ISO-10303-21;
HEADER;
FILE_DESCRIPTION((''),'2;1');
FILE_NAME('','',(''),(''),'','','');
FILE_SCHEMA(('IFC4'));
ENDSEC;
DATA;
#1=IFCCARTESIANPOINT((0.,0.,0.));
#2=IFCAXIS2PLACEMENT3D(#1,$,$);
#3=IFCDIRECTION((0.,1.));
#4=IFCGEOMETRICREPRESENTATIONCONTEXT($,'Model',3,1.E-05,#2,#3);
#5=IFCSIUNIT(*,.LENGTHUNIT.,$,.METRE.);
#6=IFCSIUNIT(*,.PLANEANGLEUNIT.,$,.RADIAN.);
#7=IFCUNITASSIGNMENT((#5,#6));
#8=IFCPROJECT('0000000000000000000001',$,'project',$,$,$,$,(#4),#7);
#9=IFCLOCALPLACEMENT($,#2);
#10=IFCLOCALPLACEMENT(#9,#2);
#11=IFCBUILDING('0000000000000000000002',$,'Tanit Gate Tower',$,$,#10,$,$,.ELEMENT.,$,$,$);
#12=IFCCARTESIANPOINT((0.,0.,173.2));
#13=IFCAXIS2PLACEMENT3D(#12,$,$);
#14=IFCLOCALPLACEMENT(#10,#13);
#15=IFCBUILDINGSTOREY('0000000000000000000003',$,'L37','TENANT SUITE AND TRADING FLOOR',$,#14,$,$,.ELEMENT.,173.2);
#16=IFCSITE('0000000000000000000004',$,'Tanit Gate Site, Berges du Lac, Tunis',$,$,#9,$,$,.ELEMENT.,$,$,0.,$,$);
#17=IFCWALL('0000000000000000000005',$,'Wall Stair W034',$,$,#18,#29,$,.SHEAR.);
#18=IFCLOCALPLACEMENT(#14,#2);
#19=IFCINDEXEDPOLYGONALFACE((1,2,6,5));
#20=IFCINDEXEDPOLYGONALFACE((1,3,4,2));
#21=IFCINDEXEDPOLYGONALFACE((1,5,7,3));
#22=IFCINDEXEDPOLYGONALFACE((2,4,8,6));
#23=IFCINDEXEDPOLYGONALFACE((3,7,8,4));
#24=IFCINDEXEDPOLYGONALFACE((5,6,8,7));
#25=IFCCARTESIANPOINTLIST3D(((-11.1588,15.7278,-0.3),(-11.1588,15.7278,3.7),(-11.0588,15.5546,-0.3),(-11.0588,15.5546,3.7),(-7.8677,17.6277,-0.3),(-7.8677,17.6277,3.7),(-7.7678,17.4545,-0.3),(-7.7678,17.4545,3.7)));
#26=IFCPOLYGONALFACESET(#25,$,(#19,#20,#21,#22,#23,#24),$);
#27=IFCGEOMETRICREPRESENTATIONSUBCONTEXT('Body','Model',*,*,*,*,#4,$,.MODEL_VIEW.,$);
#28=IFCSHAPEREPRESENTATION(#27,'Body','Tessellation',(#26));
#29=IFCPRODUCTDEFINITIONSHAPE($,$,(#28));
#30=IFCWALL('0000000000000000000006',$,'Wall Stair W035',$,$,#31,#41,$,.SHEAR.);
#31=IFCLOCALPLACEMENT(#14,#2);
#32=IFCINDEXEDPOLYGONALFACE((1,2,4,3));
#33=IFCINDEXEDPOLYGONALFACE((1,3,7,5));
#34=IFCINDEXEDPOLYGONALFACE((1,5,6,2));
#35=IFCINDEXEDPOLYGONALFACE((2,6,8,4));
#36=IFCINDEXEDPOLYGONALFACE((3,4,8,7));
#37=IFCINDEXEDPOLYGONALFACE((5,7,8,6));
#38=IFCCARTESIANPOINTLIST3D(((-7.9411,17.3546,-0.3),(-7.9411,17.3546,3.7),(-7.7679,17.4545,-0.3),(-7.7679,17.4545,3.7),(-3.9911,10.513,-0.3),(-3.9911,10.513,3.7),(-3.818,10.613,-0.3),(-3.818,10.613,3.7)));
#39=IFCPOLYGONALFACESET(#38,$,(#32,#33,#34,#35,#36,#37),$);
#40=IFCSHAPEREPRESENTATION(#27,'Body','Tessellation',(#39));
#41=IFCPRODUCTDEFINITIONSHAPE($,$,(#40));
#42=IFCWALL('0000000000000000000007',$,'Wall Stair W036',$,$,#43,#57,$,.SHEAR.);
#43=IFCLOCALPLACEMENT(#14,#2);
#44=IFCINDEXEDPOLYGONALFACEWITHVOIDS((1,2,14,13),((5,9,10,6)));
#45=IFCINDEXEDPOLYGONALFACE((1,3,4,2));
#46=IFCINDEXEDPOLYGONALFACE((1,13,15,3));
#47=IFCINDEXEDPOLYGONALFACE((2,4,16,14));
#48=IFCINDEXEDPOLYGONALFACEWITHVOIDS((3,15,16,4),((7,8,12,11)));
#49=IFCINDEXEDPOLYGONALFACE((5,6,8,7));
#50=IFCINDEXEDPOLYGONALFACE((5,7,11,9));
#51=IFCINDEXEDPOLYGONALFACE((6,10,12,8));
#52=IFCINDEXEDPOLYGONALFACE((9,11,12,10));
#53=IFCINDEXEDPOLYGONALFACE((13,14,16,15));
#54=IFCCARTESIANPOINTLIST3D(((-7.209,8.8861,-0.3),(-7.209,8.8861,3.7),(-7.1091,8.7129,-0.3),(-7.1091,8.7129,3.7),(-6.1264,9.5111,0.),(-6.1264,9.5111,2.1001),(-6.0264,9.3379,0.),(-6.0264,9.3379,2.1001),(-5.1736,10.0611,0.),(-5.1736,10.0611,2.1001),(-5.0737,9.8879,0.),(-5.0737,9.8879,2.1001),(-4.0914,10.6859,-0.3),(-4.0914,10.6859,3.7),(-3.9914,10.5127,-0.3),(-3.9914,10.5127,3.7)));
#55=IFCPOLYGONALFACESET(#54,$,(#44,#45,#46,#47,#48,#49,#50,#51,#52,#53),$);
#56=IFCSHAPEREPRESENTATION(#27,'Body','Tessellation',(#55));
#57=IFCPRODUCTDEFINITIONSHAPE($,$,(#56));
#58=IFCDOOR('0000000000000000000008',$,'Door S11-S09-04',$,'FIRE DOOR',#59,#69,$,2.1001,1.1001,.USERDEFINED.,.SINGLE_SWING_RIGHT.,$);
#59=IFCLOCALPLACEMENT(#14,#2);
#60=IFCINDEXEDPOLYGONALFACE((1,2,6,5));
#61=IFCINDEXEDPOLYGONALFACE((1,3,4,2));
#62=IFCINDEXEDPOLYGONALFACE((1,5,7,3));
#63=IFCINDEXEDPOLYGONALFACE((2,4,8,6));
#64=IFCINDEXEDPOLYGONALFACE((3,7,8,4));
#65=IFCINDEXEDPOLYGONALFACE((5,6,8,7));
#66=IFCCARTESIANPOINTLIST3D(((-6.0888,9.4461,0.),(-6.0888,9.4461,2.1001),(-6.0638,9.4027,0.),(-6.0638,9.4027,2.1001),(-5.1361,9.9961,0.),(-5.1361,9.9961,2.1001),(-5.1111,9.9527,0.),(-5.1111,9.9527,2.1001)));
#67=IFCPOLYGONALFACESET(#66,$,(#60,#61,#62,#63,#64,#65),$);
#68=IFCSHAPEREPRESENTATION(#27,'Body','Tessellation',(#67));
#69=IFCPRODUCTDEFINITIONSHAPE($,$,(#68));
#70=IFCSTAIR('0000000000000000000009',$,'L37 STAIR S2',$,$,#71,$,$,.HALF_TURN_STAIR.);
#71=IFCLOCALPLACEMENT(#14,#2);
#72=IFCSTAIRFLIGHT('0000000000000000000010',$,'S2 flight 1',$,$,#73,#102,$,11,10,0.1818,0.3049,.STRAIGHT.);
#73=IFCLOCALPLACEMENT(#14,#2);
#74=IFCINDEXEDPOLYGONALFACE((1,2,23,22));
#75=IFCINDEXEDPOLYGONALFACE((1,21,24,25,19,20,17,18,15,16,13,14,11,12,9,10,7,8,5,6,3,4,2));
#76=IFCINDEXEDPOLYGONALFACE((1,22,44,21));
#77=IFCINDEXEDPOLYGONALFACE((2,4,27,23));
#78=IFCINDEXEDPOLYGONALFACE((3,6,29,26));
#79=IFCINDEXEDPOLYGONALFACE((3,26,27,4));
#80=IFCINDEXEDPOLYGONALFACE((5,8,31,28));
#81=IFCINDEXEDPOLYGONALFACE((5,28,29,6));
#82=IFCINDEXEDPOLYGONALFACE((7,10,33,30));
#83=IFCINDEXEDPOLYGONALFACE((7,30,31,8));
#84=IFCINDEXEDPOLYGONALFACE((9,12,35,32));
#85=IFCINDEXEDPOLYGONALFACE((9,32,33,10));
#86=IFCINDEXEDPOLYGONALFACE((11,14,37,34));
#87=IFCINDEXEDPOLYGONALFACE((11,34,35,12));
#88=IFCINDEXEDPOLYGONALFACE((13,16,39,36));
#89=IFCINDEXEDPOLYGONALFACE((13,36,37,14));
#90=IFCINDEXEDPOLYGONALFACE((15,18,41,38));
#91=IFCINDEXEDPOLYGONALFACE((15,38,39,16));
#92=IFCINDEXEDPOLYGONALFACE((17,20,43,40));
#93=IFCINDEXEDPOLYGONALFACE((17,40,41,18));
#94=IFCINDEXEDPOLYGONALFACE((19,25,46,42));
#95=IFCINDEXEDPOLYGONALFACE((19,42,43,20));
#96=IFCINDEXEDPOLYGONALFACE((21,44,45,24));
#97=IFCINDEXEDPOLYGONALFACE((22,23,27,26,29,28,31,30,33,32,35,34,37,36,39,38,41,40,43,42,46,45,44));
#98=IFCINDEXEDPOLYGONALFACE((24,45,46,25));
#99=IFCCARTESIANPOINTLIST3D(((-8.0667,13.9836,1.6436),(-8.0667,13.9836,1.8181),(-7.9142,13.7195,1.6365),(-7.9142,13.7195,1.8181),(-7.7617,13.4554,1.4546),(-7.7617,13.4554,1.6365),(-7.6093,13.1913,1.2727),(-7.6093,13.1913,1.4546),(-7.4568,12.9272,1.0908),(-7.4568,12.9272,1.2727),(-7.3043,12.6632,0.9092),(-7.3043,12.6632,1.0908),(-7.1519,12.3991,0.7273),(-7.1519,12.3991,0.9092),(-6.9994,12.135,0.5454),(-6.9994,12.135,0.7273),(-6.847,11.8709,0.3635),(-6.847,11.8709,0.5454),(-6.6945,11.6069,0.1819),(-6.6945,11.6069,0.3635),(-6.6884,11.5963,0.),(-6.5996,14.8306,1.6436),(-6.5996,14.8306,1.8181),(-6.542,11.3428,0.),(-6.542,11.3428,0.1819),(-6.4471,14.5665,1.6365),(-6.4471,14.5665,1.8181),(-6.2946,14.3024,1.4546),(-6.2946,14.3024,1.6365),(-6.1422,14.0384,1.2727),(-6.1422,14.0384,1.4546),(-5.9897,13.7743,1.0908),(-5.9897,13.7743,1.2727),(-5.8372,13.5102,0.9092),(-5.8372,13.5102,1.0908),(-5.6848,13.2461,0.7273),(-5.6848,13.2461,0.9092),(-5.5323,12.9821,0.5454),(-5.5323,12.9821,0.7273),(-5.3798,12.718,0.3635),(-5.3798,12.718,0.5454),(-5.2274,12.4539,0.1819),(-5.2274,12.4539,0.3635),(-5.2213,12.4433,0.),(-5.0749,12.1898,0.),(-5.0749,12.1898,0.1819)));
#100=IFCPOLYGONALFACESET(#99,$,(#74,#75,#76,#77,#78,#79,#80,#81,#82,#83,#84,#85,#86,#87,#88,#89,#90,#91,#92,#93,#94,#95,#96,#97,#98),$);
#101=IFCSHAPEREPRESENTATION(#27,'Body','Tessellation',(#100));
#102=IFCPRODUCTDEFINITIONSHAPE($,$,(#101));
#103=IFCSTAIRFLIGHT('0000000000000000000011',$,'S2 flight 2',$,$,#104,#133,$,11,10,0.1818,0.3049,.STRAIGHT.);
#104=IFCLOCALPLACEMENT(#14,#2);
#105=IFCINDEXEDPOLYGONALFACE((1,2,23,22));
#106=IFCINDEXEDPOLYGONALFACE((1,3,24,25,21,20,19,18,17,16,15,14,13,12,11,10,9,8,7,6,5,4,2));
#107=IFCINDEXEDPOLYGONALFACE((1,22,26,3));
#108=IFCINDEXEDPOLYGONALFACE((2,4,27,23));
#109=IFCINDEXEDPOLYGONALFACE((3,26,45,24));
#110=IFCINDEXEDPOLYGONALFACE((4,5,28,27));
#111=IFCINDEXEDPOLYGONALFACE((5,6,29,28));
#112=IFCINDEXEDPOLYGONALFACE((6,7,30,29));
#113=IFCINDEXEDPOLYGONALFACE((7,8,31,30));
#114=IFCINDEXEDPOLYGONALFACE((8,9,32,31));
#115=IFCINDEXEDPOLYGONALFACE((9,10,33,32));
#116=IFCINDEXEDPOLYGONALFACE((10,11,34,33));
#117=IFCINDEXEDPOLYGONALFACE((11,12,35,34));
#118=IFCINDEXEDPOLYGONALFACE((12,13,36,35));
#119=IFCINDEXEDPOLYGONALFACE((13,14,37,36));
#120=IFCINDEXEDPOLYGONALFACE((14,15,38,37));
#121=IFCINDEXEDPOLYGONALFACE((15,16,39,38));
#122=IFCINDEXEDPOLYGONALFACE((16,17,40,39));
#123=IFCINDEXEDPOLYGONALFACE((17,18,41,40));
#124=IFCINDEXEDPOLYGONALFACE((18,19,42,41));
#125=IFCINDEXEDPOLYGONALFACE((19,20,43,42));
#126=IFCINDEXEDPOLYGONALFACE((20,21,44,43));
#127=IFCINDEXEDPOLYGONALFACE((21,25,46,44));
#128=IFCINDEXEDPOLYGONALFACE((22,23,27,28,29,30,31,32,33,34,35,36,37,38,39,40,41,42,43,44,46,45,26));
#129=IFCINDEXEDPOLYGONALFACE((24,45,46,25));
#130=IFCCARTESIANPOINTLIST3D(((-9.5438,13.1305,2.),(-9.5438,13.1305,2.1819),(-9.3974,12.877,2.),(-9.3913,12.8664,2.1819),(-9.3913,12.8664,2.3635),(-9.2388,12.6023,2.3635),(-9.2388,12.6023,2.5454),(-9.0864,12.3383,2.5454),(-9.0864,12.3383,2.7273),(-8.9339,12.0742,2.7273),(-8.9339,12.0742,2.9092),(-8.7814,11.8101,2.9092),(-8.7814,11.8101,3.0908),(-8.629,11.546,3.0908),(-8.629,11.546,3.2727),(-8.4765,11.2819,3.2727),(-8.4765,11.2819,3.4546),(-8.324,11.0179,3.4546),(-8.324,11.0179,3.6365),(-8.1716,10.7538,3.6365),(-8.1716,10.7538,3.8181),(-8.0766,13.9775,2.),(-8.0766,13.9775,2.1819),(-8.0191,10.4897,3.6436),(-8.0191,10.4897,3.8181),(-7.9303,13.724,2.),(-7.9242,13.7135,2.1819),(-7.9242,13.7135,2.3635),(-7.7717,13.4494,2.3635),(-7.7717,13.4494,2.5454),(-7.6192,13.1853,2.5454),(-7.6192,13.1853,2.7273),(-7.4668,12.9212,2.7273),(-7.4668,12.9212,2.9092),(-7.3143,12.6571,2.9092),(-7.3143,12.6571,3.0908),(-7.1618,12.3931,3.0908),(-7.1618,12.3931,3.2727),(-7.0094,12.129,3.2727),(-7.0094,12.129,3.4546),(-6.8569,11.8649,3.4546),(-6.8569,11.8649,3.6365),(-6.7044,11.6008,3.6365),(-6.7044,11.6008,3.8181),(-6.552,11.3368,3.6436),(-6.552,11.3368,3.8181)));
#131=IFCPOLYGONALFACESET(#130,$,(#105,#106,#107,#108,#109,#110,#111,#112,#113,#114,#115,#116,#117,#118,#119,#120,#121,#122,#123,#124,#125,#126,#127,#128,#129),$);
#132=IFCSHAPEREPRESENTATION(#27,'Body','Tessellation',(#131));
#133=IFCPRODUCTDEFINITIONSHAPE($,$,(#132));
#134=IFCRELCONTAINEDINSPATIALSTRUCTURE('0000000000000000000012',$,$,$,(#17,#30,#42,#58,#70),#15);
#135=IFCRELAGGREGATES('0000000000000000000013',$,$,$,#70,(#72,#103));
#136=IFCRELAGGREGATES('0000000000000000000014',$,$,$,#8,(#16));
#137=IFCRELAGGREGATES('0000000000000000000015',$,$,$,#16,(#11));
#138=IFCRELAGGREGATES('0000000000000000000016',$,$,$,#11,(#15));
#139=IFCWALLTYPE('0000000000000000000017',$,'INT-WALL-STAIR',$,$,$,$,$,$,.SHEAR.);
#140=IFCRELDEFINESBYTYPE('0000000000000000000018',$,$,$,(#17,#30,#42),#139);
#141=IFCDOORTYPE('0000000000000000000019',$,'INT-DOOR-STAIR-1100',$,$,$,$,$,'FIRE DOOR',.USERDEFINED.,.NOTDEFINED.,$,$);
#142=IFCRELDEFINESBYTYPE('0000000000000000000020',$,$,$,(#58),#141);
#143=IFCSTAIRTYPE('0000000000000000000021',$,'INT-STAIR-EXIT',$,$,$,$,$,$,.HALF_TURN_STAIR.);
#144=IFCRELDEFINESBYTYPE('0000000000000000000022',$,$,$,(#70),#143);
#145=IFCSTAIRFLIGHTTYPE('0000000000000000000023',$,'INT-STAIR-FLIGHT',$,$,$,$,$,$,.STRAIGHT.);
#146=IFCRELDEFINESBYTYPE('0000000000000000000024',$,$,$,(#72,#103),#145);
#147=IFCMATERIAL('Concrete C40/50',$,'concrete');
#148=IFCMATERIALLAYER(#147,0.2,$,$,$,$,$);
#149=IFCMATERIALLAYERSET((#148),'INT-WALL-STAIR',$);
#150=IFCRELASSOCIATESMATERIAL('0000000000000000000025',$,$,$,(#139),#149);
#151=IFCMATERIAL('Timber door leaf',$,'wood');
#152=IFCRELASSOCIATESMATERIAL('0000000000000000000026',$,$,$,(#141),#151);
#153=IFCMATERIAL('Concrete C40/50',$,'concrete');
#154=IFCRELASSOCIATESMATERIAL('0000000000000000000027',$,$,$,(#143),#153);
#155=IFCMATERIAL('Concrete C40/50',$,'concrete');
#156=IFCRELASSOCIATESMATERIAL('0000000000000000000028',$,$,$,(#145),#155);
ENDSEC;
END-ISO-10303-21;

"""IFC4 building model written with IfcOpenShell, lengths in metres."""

from ifc_helpers import new_model, si_unit, direction, frame, frame_2d, origin, place, context, subcontext, project, spatial, polyline, rectangle, outline, extrude, material, layer, layer_set, type_object, element, fill, aggregate, save


model = new_model("IFC4")

# Units and contexts
model_context = context("Model", 3, precision=1e-05, world=origin(), true_north=direction((0.0, 1.0)))
body_context = subcontext(model_context, "Body", "Model", "MODEL_VIEW")
ifc_project = project(units=[si_unit("LENGTHUNIT", "METRE"), si_unit("PLANEANGLEUNIT", "RADIAN")], contexts=[model_context])

# Site, building, storey
site_placement = place(None, origin())
site = spatial("IfcSite", under=ifc_project, at=site_placement, Name="Tanit Gate Site, Berges du Lac, Tunis", CompositionType="ELEMENT", RefElevation=0.0)
building_placement = place(site_placement, origin())
building = spatial("IfcBuilding", under=site, at=building_placement, Name="Tanit Gate Tower", CompositionType="ELEMENT")
storey_placement = place(building_placement, frame((0.0, 0.0, 173.2)))
storey = spatial("IfcBuildingStorey", under=building, at=storey_placement, Name="L37", Description="TENANT SUITE AND TRADING FLOOR", CompositionType="ELEMENT", Elevation=173.2)

# Walls
ifc_material_1 = material(Name="Concrete C40/50", Category="concrete")
ifc_layer_1 = layer(ifc_material_1, 0.2)
ifc_layer_set_1 = layer_set([ifc_layer_1], Name="INT-WALL-STAIR")
wall_type_1 = type_object("IfcWallType", Name="INT-WALL-STAIR", PredefinedType="SHEAR", material=ifc_layer_set_1)
wall_1_placement = place(storey_placement, frame((-7.8179, 17.541, -0.3), z_axis=(0.0, 0.0, 1.0), x_axis=(-0.866044, -0.499967, 0.0)))
element("IfcWall", 1, at=wall_1_placement, inside=storey, type_object=wall_type_1, Name="Wall Stair W034", PredefinedType="SHEAR", context=body_context, shape_type="SweptSolid", body=[
    extrude(rectangle(XDim=3.8, YDim=0.2, at=frame_2d((1.8999, 0.0))), origin(), (0.0, 0.0, 1.0), 4.0),
])
wall_2_placement = place(storey_placement, frame((-7.8545, 17.4045, -0.3), z_axis=(0.0, 0.0, 1.0), x_axis=(0.499998, -0.866027, 0.0)))
element("IfcWall", 2, at=wall_2_placement, inside=storey, type_object=wall_type_1, Name="Wall Stair W035", PredefinedType="SHEAR", context=body_context, shape_type="SweptSolid", body=[
    extrude(rectangle(XDim=7.8999, YDim=0.2, at=frame_2d((3.95, 0.0))), origin(), (0.0, 0.0, 1.0), 4.0),
])

# Wall, opening, door
wall_3_placement = place(storey_placement, frame((-7.1589, 8.7996, -0.3), z_axis=(0.0, 0.0, 1.0), x_axis=(0.866048, 0.499961, 0.0)))
wall_3 = element("IfcWall", 3, at=wall_3_placement, inside=storey, type_object=wall_type_1, Name="Wall Stair W036", PredefinedType="SHEAR", context=body_context, shape_type="SweptSolid", body=[
    extrude(rectangle(XDim=3.5999, YDim=0.2, at=frame_2d((1.7998, 0.0))), origin(), (0.0, 0.0, 1.0), 4.0),
])
opening_1_placement = place(wall_3_placement, frame((1.25, 0.0, 0.3)))
opening_1 = element("IfcOpeningElement", 4, at=opening_1_placement, cuts=wall_3, PredefinedType="OPENING", context=body_context, shape_type="SweptSolid", body=[
    extrude(rectangle(XDim=1.1001, YDim=2.1001, at=frame_2d((0.55, 1.05))), frame((0.0, 0.1099, 0.0), z_axis=(0.0, -1.0, 0.0), x_axis=(1.0, 0.0, 0.0)), (0.0, 0.0, 1.0), 0.22),
])
ifc_material_2 = material(Name="Timber door leaf", Category="wood")
door_type_1 = type_object("IfcDoorType", Name="INT-DOOR-STAIR-1100", ElementType="FIRE DOOR", OperationType="NOTDEFINED", PredefinedType="USERDEFINED", material=ifc_material_2)
door_1_placement = place(opening_1_placement, origin())
door_1 = element("IfcDoor", 5, at=door_1_placement, inside=storey, type_object=door_type_1, Name="Door S11-S09-04", ObjectType="FIRE DOOR", OperationType="SINGLE_SWING_RIGHT", OverallHeight=2.1001, OverallWidth=1.1001, PredefinedType="USERDEFINED", context=body_context, shape_type="SweptSolid", body=[
    extrude(rectangle(XDim=1.1001, YDim=2.1001, at=frame_2d((0.55, 1.05))), frame((0.0, 0.0249, 0.0), z_axis=(0.0, -1.0, 0.0), x_axis=(1.0, 0.0, 0.0)), (0.0, 0.0, 1.0), 0.05),
])
fill(opening_1, door_1)

# Stair, stair flights
ifc_material_3 = material(Name="Concrete C40/50", Category="concrete")
stair_type = type_object("IfcStairType", Name="INT-STAIR-EXIT", PredefinedType="HALF_TURN_STAIR", material=ifc_material_3)
stair_placement = place(storey_placement, origin())
stair = element("IfcStair", 6, at=stair_placement, inside=storey, type_object=stair_type, Name="L37 STAIR S2", PredefinedType="HALF_TURN_STAIR")
ifc_material_4 = material(Name="Concrete C40/50", Category="concrete")
stair_flight_type = type_object("IfcStairFlightType", Name="INT-STAIR-FLIGHT", PredefinedType="STRAIGHT", material=ifc_material_4)
stair_flight_1_placement = place(storey_placement, frame((-5.8083, 11.7664, 0.0), z_axis=(0.0, 0.0, 1.0), x_axis=(-0.5, 0.866025, 0.0)))
stair_flight_1 = element("IfcStairFlight", 7, at=stair_flight_1_placement, type_object=stair_flight_type, Name="S2 flight 1", NumberOfRisers=11, NumberOfTreads=10, PredefinedType="STRAIGHT", RiserHeight=0.1818, TreadLength=0.3049, context=body_context, shape_type="SweptSolid", body=[
    extrude(outline(polyline([(0.0, 0.0), (0.0, 0.1819), (0.3049, 0.1819), (0.3049, 0.3635), (0.6099, 0.3635), (0.6099, 0.5454), (0.9148, 0.5454), (0.9148, 0.7273), (1.2197, 0.7273), (1.2197, 0.9092), (1.5247, 0.9092), (1.5247, 1.0908), (1.8296, 1.0908), (1.8296, 1.2727), (2.1345, 1.2727), (2.1345, 1.4546), (2.4395, 1.4546), (2.4395, 1.6365), (2.7444, 1.6365), (2.7444, 1.8181), (3.0493, 1.8181), (3.0493, 2.0), (3.0493, 1.6436), (0.2927, 0.0), (0.0, 0.0)])), frame((0.0, 0.8472, 0.0), z_axis=(0.0, -1.0, 0.0), x_axis=(1.0, 0.0, 0.0)), (0.0, 0.0, 1.0), 1.6941),
])
stair_flight_2_placement = place(storey_placement, frame((-8.8103, 13.554, 2.0), z_axis=(0.0, 0.0, 1.0), x_axis=(0.5, -0.866025, 0.0)))
stair_flight_2 = element("IfcStairFlight", 8, at=stair_flight_2_placement, type_object=stair_flight_type, Name="S2 flight 2", NumberOfRisers=11, NumberOfTreads=10, PredefinedType="STRAIGHT", RiserHeight=0.1818, TreadLength=0.3049, context=body_context, shape_type="SweptSolid", body=[
    extrude(outline(polyline([(0.0, 0.0), (0.0, 0.1819), (0.3049, 0.1819), (0.3049, 0.3635), (0.6099, 0.3635), (0.6099, 0.5454), (0.9148, 0.5454), (0.9148, 0.7273), (1.2197, 0.7273), (1.2197, 0.9092), (1.5247, 0.9092), (1.5247, 1.0908), (1.8296, 1.0908), (1.8296, 1.2727), (2.1345, 1.2727), (2.1345, 1.4546), (2.4395, 1.4546), (2.4395, 1.6365), (2.7444, 1.6365), (2.7444, 1.8181), (3.0493, 1.8181), (3.0493, 2.0), (3.0493, 1.6436), (0.2927, 0.0), (0.0, 0.0)])), frame((0.0, 0.8472, 0.0), z_axis=(0.0, -1.0, 0.0), x_axis=(1.0, 0.0, 0.0)), (0.0, 0.0, 1.0), 1.6941),
])
aggregate(stair, [stair_flight_1, stair_flight_2])

save(model, "model.ifc")
